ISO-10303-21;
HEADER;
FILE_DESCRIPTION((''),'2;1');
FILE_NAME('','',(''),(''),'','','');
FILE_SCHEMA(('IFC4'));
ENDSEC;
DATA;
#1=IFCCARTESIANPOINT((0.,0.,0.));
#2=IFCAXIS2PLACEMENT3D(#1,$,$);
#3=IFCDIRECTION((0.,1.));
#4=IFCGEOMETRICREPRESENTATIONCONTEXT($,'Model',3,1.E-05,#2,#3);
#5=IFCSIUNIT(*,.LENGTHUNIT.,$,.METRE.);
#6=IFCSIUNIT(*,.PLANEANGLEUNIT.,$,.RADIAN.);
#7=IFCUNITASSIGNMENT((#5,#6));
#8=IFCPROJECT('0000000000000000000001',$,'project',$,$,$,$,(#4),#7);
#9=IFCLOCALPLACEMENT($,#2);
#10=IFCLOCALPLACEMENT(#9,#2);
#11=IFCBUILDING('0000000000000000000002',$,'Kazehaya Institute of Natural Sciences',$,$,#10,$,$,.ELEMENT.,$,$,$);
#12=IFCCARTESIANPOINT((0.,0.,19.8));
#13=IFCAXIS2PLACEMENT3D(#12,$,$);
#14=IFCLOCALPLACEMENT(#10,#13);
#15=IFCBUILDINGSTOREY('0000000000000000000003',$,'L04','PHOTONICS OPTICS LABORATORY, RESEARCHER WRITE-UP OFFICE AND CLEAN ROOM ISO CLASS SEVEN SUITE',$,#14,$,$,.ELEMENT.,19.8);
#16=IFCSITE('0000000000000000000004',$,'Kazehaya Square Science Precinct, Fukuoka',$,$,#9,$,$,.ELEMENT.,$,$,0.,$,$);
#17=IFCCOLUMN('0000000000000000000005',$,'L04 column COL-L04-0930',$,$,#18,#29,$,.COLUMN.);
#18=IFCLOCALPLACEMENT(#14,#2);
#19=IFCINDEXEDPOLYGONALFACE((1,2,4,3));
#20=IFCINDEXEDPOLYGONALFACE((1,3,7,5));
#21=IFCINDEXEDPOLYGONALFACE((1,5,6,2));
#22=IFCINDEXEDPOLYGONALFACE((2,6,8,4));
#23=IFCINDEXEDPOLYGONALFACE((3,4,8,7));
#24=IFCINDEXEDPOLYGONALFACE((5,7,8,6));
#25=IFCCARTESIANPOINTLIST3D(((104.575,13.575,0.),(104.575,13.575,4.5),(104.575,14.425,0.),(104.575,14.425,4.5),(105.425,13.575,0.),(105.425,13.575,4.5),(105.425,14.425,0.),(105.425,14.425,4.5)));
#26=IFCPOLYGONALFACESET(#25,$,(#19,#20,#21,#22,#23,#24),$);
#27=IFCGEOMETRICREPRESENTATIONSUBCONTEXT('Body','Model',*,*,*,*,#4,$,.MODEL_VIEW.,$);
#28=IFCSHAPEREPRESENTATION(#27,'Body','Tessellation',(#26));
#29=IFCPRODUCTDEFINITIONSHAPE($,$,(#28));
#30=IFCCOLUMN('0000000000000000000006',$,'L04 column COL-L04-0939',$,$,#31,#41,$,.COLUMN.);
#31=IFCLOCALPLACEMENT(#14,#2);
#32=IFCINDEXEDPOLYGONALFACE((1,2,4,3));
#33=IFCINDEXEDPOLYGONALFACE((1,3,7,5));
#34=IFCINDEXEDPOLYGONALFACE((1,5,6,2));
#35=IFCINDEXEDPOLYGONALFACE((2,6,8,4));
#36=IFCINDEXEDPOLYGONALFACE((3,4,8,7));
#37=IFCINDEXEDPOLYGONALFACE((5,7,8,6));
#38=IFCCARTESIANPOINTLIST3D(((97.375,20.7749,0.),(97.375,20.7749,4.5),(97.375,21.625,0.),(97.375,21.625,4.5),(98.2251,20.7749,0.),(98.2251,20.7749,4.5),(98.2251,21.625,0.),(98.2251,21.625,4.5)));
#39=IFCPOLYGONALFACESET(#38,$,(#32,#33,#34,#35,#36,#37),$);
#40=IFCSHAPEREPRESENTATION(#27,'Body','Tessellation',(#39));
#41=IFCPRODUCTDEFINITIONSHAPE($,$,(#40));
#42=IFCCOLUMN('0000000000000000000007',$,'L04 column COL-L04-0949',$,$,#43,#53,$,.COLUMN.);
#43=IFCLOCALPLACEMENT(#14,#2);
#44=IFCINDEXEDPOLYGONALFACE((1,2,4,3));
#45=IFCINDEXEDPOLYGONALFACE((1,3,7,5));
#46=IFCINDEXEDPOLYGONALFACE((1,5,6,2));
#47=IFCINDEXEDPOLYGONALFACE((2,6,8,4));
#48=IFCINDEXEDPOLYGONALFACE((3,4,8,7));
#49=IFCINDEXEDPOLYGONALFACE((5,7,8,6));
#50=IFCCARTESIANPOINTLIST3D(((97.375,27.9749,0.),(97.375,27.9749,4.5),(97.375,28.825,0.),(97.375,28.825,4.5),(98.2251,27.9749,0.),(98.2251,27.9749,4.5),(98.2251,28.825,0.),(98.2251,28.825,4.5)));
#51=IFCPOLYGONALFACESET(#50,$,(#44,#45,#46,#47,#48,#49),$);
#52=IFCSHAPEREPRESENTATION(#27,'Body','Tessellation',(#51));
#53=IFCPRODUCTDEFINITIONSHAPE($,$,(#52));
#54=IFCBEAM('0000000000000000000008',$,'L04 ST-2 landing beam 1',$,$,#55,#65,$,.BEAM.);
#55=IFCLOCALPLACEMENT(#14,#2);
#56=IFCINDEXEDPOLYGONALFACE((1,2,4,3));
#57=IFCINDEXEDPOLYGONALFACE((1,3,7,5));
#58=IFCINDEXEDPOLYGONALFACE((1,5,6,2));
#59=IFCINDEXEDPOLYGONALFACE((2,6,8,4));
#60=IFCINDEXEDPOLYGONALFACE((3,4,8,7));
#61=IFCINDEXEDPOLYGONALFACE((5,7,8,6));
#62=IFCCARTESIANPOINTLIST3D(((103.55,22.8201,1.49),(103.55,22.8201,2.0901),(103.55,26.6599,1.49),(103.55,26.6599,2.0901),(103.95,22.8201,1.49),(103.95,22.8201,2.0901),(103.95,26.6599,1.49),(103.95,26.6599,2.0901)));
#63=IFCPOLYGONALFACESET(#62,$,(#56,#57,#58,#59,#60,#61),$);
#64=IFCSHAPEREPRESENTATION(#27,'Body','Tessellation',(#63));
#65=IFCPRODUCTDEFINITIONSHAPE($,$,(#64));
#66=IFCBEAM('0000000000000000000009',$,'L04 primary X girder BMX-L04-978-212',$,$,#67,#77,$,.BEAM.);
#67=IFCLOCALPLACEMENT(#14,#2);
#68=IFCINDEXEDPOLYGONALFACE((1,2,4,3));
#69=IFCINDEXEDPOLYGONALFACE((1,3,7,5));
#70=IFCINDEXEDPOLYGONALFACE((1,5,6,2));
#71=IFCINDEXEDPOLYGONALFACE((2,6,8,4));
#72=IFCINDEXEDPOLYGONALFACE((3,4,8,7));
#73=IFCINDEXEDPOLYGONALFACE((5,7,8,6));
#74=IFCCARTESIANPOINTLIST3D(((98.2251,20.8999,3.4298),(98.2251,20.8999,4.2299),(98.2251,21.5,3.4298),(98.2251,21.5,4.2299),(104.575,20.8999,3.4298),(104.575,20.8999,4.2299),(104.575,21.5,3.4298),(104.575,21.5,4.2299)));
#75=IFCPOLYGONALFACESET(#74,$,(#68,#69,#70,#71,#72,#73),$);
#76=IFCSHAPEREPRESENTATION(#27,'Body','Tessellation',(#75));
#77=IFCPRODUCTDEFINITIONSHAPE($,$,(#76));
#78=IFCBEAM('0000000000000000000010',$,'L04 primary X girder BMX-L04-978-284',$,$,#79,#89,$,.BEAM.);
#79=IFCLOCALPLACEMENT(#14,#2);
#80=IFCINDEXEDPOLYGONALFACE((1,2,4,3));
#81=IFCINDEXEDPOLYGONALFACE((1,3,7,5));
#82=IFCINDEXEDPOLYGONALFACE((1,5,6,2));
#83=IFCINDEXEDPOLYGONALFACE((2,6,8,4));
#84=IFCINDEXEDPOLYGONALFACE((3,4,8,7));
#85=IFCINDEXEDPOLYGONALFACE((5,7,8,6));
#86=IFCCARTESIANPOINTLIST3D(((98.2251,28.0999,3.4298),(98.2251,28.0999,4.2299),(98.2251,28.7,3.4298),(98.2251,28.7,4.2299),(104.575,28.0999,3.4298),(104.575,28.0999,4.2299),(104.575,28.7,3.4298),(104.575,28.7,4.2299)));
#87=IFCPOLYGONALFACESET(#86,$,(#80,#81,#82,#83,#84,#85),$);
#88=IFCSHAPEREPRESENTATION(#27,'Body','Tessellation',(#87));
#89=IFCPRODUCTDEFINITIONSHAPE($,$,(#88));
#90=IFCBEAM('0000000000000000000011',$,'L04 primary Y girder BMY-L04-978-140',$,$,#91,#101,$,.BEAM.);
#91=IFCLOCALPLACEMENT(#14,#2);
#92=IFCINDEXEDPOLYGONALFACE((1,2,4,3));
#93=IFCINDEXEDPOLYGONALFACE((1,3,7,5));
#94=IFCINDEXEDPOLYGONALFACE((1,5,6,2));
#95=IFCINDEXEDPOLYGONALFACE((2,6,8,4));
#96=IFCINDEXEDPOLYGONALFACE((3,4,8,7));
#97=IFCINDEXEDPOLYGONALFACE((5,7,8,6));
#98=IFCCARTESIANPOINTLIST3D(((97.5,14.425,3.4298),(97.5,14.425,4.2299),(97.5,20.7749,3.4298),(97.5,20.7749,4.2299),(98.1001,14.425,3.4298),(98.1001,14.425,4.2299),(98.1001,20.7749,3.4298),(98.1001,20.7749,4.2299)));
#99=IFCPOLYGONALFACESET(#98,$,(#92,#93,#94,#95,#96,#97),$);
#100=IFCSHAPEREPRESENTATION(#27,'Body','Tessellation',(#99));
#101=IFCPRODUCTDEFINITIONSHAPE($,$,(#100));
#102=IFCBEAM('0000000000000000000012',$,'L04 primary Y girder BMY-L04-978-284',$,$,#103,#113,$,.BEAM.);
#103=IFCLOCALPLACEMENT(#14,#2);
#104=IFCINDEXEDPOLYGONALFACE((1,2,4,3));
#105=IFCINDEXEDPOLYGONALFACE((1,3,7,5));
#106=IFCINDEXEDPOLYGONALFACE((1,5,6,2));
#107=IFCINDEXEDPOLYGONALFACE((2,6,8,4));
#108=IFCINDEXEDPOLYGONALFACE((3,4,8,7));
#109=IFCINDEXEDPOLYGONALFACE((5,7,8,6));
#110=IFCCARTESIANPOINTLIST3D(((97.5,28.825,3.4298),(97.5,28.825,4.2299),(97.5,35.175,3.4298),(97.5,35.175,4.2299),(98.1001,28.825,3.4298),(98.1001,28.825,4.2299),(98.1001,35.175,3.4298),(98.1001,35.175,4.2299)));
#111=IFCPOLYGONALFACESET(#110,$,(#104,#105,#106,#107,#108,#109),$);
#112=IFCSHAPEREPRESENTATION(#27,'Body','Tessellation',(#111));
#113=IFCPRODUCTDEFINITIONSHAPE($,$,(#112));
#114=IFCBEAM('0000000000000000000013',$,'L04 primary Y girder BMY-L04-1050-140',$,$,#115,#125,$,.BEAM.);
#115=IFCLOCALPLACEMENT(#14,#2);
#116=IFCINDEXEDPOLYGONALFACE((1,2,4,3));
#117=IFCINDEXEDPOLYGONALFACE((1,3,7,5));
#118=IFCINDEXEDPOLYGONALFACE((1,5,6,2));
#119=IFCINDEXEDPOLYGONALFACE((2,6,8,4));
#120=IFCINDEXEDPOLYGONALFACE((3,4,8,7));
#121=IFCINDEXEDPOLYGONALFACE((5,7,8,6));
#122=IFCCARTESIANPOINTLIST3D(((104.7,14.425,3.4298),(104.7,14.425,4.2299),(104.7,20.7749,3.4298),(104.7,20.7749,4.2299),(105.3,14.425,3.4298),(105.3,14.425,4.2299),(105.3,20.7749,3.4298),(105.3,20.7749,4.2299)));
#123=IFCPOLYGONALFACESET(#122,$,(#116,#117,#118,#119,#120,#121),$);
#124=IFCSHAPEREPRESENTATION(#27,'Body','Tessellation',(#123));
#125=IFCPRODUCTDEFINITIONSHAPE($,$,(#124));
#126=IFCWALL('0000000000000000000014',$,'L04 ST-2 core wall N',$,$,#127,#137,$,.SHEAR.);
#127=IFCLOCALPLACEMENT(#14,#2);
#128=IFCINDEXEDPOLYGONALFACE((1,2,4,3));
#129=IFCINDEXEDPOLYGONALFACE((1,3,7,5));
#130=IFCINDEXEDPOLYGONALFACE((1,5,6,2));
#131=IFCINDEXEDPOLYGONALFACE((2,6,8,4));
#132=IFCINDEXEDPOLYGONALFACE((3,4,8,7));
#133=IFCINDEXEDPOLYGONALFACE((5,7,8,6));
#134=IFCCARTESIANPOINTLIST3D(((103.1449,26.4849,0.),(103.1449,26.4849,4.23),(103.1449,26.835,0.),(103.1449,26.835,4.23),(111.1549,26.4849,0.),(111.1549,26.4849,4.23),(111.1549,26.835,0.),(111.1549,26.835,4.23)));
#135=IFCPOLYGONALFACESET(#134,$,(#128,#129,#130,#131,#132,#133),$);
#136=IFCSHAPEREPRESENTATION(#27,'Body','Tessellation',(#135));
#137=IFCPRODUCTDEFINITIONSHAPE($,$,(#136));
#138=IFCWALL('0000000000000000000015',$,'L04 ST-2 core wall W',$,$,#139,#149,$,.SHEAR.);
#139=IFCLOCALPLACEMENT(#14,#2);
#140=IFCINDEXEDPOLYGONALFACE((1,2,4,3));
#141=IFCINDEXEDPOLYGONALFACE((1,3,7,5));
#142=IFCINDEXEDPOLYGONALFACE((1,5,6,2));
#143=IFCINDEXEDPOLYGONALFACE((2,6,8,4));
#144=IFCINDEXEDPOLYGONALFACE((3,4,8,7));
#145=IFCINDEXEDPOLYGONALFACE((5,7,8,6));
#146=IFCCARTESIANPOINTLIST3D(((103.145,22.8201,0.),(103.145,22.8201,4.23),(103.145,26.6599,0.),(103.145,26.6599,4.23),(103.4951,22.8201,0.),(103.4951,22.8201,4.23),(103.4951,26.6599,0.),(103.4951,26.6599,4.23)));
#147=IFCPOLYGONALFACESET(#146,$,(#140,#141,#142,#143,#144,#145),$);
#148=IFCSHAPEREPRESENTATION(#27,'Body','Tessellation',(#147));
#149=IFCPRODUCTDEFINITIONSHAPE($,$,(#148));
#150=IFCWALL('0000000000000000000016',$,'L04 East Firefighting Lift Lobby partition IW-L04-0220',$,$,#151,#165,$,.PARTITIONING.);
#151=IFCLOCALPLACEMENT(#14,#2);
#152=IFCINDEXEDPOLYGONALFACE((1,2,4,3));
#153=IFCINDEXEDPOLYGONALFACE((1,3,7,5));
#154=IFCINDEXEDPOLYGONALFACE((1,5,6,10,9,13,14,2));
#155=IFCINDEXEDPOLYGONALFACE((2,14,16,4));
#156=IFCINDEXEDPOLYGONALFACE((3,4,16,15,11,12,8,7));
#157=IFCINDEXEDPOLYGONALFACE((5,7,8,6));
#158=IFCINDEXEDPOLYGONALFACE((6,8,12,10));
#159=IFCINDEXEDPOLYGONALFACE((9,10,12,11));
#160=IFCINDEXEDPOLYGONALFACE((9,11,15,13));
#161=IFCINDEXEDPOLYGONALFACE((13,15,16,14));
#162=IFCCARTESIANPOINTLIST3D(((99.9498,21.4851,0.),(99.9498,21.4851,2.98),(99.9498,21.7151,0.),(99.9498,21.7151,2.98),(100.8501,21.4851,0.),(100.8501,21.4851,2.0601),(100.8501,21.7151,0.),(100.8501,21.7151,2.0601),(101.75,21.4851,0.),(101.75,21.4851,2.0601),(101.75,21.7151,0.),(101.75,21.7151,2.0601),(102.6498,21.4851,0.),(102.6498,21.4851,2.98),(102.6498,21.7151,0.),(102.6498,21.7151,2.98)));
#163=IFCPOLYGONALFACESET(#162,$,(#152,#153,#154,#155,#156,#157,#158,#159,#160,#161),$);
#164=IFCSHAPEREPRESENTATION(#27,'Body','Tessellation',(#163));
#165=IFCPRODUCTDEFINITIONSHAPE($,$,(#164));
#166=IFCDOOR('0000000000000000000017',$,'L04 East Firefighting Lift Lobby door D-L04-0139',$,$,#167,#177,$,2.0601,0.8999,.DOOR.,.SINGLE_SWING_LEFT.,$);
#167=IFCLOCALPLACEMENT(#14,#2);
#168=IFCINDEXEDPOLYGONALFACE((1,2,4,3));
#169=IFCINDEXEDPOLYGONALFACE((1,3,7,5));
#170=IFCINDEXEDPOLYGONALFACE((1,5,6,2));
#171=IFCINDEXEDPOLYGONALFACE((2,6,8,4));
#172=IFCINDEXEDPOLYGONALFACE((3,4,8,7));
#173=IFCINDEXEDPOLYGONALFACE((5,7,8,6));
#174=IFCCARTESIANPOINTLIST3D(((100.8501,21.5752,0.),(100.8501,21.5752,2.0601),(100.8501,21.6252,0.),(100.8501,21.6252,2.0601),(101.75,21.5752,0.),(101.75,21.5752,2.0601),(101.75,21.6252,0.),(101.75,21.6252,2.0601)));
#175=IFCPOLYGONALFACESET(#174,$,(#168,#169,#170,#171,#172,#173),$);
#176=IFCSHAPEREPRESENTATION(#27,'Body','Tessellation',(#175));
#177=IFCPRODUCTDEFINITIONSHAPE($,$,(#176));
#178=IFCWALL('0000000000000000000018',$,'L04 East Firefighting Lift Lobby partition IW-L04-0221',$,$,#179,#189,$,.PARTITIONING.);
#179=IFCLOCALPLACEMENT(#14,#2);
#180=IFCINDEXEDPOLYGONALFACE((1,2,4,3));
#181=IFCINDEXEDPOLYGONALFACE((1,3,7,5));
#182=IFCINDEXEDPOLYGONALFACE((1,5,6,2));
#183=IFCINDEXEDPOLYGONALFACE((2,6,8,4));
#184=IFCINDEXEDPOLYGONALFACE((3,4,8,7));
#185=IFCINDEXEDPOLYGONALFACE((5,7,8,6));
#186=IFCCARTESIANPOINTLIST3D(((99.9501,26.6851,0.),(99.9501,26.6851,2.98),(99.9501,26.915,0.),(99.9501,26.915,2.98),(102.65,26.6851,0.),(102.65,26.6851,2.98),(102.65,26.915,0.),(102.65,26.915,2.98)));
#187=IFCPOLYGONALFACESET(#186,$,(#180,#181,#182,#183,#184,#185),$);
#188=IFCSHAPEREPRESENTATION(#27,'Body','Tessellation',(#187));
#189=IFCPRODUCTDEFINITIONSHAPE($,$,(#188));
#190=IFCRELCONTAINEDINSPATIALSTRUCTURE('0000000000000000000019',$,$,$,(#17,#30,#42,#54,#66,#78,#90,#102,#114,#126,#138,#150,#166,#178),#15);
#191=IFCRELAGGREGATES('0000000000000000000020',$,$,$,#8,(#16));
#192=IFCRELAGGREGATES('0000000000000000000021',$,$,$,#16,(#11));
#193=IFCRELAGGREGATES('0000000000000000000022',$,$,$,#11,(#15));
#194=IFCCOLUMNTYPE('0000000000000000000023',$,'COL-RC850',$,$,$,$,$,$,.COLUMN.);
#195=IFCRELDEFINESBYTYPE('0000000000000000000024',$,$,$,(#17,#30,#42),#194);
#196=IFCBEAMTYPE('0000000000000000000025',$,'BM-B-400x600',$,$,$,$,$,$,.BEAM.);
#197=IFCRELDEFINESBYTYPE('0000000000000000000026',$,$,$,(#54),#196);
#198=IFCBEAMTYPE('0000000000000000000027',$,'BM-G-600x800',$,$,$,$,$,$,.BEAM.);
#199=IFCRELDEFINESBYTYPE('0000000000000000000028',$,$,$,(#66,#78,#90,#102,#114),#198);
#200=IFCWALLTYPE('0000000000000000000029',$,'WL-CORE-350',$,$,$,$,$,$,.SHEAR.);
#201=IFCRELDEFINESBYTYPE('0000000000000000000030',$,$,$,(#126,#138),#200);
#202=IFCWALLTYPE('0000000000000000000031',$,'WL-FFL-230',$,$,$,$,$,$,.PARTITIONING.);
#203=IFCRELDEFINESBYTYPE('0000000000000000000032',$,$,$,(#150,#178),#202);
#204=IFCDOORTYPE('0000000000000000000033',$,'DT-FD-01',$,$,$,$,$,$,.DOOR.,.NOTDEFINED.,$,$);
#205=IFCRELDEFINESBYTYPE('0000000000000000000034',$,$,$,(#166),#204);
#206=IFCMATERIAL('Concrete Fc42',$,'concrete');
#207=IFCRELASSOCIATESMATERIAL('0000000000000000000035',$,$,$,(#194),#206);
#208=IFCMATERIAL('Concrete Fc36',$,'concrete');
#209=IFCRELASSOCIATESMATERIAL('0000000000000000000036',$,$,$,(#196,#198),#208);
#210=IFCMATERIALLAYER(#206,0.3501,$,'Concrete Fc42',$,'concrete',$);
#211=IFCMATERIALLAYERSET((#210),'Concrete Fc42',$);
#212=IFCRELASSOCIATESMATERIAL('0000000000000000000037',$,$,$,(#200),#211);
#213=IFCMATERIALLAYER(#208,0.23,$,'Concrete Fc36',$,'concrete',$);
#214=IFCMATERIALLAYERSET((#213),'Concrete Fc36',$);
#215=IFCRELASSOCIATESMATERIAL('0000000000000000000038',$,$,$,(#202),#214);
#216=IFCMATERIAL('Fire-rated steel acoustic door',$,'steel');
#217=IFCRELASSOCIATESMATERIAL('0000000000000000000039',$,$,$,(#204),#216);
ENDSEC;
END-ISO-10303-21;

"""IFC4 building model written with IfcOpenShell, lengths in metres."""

from ifc_helpers import new_model, si_unit, direction, frame, frame_2d, origin, origin_2d, place, context, subcontext, project, spatial, rectangle, extrude, material, layer, layer_set, material_profile, profile_set, type_object, element, fill, save


model = new_model("IFC4")

# Units and contexts
model_context = context("Model", 3, precision=1e-05, world=origin(), true_north=direction((0.0, 1.0)))
body_context = subcontext(model_context, "Body", "Model", "MODEL_VIEW")
ifc_project = project(units=[si_unit("LENGTHUNIT", "METRE"), si_unit("PLANEANGLEUNIT", "RADIAN")], contexts=[model_context])

# Site, building, storey
site_placement = place(None, origin())
site = spatial("IfcSite", under=ifc_project, at=site_placement, Name="Kazehaya Square Science Precinct, Fukuoka", CompositionType="ELEMENT", RefElevation=0.0)
building_placement = place(site_placement, origin())
building = spatial("IfcBuilding", under=site, at=building_placement, Name="Kazehaya Institute of Natural Sciences", CompositionType="ELEMENT")
storey_placement = place(building_placement, frame((0.0, 0.0, 19.8)))
storey = spatial("IfcBuildingStorey", under=building, at=storey_placement, Name="L04", Description="PHOTONICS OPTICS LABORATORY, RESEARCHER WRITE-UP OFFICE AND CLEAN ROOM ISO CLASS SEVEN SUITE", CompositionType="ELEMENT", Elevation=19.8)

# Columns
ifc_material_1 = material(Name="Concrete Fc42", Category="concrete")
ifc_material_profile_1 = material_profile(ifc_material_1, rectangle(XDim=0.8501, YDim=0.8501, at=origin_2d()), Name="RC-850x850")
ifc_profile_set_1 = profile_set([ifc_material_profile_1], Name="Concrete Fc42")
column_type = type_object("IfcColumnType", Name="COL-RC850", PredefinedType="COLUMN", material=ifc_profile_set_1)
for number, where, z_axis, x_axis, name in (
    (1, (105.0, 14.0, 0.0), (0.0, 0.0, 1.0), (1.0, 0.0, 0.0), "L04 column COL-L04-0930"),
    (2, (97.8, 21.2, 0.0), (0.0, 0.0, 1.0), (1.0, 0.0, 0.0), "L04 column COL-L04-0939"),
    (3, (97.8, 28.3999, 0.0), (0.0, 0.0, 1.0), (1.0, 0.0, 0.0), "L04 column COL-L04-0949"),
):
    element("IfcColumn", number, at=place(storey_placement, frame(where, z_axis=z_axis, x_axis=x_axis)), inside=storey, type_object=column_type, Name=name, PredefinedType="COLUMN", context=body_context, shape_type="SweptSolid", body=[
        extrude(rectangle(XDim=0.8501, YDim=0.8501, at=origin_2d()), origin(), (0.0, 0.0, 1.0), 4.5),
    ])

# Beams
ifc_material_2 = material(Name="Concrete Fc36", Category="concrete")
ifc_material_profile_2 = material_profile(ifc_material_2, rectangle(XDim=0.3999, YDim=0.6001, at=origin_2d()), Name="RC-400x600")
ifc_profile_set_2 = profile_set([ifc_material_profile_2], Name="Concrete Fc36")
beam_type_1 = type_object("IfcBeamType", Name="BM-B-400x600", PredefinedType="BEAM", material=ifc_profile_set_2)
beam_1_placement = place(storey_placement, frame((103.75, 22.8201, 1.79), z_axis=(0.0, 1.0, 0.0), x_axis=(-1.0, 0.0, 0.0)))
element("IfcBeam", 4, at=beam_1_placement, inside=storey, type_object=beam_type_1, Name="L04 ST-2 landing beam 1", PredefinedType="BEAM", context=body_context, shape_type="SweptSolid", body=[
    extrude(rectangle(XDim=0.3999, YDim=0.6001, at=origin_2d()), origin(), (0.0, 0.0, 1.0), 3.8398),
])
ifc_material_profile_3 = material_profile(ifc_material_2, rectangle(XDim=0.6001, YDim=0.8, at=origin_2d()), Name="RC-600x800")
ifc_profile_set_3 = profile_set([ifc_material_profile_3], Name="Concrete Fc36")
beam_type_2 = type_object("IfcBeamType", Name="BM-G-600x800", PredefinedType="BEAM", material=ifc_profile_set_3)
for number, where, z_axis, x_axis, name in (
    (5, (98.2251, 21.2, 3.8298), (1.0, 0.0, 0.0), (0.0, 1.0, 0.0), "L04 primary X girder BMX-L04-978-212"),
    (6, (98.2251, 28.3999, 3.8298), (1.0, 0.0, 0.0), (0.0, 1.0, 0.0), "L04 primary X girder BMX-L04-978-284"),
    (7, (97.8, 14.425, 3.8298), (0.0, 1.0, 0.0), (-1.0, 0.0, 0.0), "L04 primary Y girder BMY-L04-978-140"),
):
    element("IfcBeam", number, at=place(storey_placement, frame(where, z_axis=z_axis, x_axis=x_axis)), inside=storey, type_object=beam_type_2, Name=name, PredefinedType="BEAM", context=body_context, shape_type="SweptSolid", body=[
        extrude(rectangle(XDim=0.6001, YDim=0.8, at=origin_2d()), origin(), (0.0, 0.0, 1.0), 6.3499),
    ])
beam_2_placement = place(storey_placement, frame((97.8, 28.825, 3.8298), z_axis=(0.0, 1.0, 0.0), x_axis=(-1.0, 0.0, 0.0)))
element("IfcBeam", 8, at=beam_2_placement, inside=storey, type_object=beam_type_2, Name="L04 primary Y girder BMY-L04-978-284", PredefinedType="BEAM", context=body_context, shape_type="SweptSolid", body=[
    extrude(rectangle(XDim=0.6001, YDim=0.8, at=origin_2d()), origin(), (0.0, 0.0, 1.0), 6.3501),
])
beam_3_placement = place(storey_placement, frame((105.0, 14.425, 3.8298), z_axis=(0.0, 1.0, 0.0), x_axis=(-1.0, 0.0, 0.0)))
element("IfcBeam", 9, at=beam_3_placement, inside=storey, type_object=beam_type_2, Name="L04 primary Y girder BMY-L04-1050-140", PredefinedType="BEAM", context=body_context, shape_type="SweptSolid", body=[
    extrude(rectangle(XDim=0.6001, YDim=0.8, at=origin_2d()), origin(), (0.0, 0.0, 1.0), 6.3499),
])

# Walls
ifc_layer_1 = layer(ifc_material_1, 0.3501, Name="Concrete Fc42", Category="concrete")
ifc_layer_set_1 = layer_set([ifc_layer_1], Name="Concrete Fc42")
wall_type_1 = type_object("IfcWallType", Name="WL-CORE-350", PredefinedType="SHEAR", material=ifc_layer_set_1)
wall_1_placement = place(storey_placement, frame((103.145, 26.6599, 0.0), z_axis=(0.0, 0.0, 1.0), x_axis=(1.0, 0.0, 0.0)))
element("IfcWall", 10, at=wall_1_placement, inside=storey, type_object=wall_type_1, Name="L04 ST-2 core wall N", PredefinedType="SHEAR", context=body_context, shape_type="SweptSolid", body=[
    extrude(rectangle(XDim=8.01, YDim=0.3501, at=frame_2d((4.0049, 0.0))), origin(), (0.0, 0.0, 1.0), 4.23),
])
wall_2_placement = place(storey_placement, frame((103.3201, 22.8201, 0.0), z_axis=(0.0, 0.0, 1.0), x_axis=(0.0, 1.0, 0.0)))
element("IfcWall", 11, at=wall_2_placement, inside=storey, type_object=wall_type_1, Name="L04 ST-2 core wall W", PredefinedType="SHEAR", context=body_context, shape_type="SweptSolid", body=[
    extrude(rectangle(XDim=3.8398, YDim=0.3501, at=frame_2d((1.9199, 0.0))), origin(), (0.0, 0.0, 1.0), 4.23),
])

# Wall, opening, door
ifc_layer_2 = layer(ifc_material_2, 0.23, Name="Concrete Fc36", Category="concrete")
ifc_layer_set_2 = layer_set([ifc_layer_2], Name="Concrete Fc36")
wall_type_2 = type_object("IfcWallType", Name="WL-FFL-230", PredefinedType="PARTITIONING", material=ifc_layer_set_2)
wall_3_placement = place(storey_placement, frame((102.6499, 21.6001, 0.0), z_axis=(0.0, 0.0, 1.0), x_axis=(-1.0, 0.0, 0.0)))
wall_3 = element("IfcWall", 12, at=wall_3_placement, inside=storey, type_object=wall_type_2, Name="L04 East Firefighting Lift Lobby partition IW-L04-0220", PredefinedType="PARTITIONING", context=body_context, shape_type="SweptSolid", body=[
    extrude(rectangle(XDim=2.7, YDim=0.23, at=frame_2d((1.3501, 0.0))), origin(), (0.0, 0.0, 1.0), 2.98),
])
opening_1_placement = place(wall_3_placement, frame((0.8999, 0.0, 0.0)))
opening_1 = element("IfcOpeningElement", 13, at=opening_1_placement, cuts=wall_3, PredefinedType="OPENING", context=body_context, shape_type="SweptSolid", body=[
    extrude(rectangle(XDim=0.8999, YDim=2.0601, at=frame_2d((0.45, 1.03))), frame((0.0, 0.125, 0.0), z_axis=(0.0, -1.0, 0.0), x_axis=(1.0, 0.0, 0.0)), (0.0, 0.0, 1.0), 0.25),
])
ifc_material_3 = material(Name="Fire-rated steel acoustic door", Category="steel")
door_type_1 = type_object("IfcDoorType", Name="DT-FD-01", OperationType="NOTDEFINED", PredefinedType="DOOR", material=ifc_material_3)
door_1_placement = place(opening_1_placement, origin())
door_1 = element("IfcDoor", 14, at=door_1_placement, inside=storey, type_object=door_type_1, Name="L04 East Firefighting Lift Lobby door D-L04-0139", OperationType="SINGLE_SWING_LEFT", OverallHeight=2.0601, OverallWidth=0.8999, PredefinedType="DOOR", context=body_context, shape_type="SweptSolid", body=[
    extrude(rectangle(XDim=0.8999, YDim=2.0601, at=frame_2d((0.45, 1.03))), frame((0.0, 0.0249, 0.0), z_axis=(0.0, -1.0, 0.0), x_axis=(1.0, 0.0, 0.0)), (0.0, 0.0, 1.0), 0.05),
])
fill(opening_1, door_1)

# Wall
wall_4_placement = place(storey_placement, frame((99.95, 26.8, 0.0), z_axis=(0.0, 0.0, 1.0), x_axis=(1.0, 0.0, 0.0)))
element("IfcWall", 15, at=wall_4_placement, inside=storey, type_object=wall_type_2, Name="L04 East Firefighting Lift Lobby partition IW-L04-0221", PredefinedType="PARTITIONING", context=body_context, shape_type="SweptSolid", body=[
    extrude(rectangle(XDim=2.7, YDim=0.23, at=frame_2d((1.3501, 0.0))), origin(), (0.0, 0.0, 1.0), 2.98),
])

save(model, "model.ifc")
